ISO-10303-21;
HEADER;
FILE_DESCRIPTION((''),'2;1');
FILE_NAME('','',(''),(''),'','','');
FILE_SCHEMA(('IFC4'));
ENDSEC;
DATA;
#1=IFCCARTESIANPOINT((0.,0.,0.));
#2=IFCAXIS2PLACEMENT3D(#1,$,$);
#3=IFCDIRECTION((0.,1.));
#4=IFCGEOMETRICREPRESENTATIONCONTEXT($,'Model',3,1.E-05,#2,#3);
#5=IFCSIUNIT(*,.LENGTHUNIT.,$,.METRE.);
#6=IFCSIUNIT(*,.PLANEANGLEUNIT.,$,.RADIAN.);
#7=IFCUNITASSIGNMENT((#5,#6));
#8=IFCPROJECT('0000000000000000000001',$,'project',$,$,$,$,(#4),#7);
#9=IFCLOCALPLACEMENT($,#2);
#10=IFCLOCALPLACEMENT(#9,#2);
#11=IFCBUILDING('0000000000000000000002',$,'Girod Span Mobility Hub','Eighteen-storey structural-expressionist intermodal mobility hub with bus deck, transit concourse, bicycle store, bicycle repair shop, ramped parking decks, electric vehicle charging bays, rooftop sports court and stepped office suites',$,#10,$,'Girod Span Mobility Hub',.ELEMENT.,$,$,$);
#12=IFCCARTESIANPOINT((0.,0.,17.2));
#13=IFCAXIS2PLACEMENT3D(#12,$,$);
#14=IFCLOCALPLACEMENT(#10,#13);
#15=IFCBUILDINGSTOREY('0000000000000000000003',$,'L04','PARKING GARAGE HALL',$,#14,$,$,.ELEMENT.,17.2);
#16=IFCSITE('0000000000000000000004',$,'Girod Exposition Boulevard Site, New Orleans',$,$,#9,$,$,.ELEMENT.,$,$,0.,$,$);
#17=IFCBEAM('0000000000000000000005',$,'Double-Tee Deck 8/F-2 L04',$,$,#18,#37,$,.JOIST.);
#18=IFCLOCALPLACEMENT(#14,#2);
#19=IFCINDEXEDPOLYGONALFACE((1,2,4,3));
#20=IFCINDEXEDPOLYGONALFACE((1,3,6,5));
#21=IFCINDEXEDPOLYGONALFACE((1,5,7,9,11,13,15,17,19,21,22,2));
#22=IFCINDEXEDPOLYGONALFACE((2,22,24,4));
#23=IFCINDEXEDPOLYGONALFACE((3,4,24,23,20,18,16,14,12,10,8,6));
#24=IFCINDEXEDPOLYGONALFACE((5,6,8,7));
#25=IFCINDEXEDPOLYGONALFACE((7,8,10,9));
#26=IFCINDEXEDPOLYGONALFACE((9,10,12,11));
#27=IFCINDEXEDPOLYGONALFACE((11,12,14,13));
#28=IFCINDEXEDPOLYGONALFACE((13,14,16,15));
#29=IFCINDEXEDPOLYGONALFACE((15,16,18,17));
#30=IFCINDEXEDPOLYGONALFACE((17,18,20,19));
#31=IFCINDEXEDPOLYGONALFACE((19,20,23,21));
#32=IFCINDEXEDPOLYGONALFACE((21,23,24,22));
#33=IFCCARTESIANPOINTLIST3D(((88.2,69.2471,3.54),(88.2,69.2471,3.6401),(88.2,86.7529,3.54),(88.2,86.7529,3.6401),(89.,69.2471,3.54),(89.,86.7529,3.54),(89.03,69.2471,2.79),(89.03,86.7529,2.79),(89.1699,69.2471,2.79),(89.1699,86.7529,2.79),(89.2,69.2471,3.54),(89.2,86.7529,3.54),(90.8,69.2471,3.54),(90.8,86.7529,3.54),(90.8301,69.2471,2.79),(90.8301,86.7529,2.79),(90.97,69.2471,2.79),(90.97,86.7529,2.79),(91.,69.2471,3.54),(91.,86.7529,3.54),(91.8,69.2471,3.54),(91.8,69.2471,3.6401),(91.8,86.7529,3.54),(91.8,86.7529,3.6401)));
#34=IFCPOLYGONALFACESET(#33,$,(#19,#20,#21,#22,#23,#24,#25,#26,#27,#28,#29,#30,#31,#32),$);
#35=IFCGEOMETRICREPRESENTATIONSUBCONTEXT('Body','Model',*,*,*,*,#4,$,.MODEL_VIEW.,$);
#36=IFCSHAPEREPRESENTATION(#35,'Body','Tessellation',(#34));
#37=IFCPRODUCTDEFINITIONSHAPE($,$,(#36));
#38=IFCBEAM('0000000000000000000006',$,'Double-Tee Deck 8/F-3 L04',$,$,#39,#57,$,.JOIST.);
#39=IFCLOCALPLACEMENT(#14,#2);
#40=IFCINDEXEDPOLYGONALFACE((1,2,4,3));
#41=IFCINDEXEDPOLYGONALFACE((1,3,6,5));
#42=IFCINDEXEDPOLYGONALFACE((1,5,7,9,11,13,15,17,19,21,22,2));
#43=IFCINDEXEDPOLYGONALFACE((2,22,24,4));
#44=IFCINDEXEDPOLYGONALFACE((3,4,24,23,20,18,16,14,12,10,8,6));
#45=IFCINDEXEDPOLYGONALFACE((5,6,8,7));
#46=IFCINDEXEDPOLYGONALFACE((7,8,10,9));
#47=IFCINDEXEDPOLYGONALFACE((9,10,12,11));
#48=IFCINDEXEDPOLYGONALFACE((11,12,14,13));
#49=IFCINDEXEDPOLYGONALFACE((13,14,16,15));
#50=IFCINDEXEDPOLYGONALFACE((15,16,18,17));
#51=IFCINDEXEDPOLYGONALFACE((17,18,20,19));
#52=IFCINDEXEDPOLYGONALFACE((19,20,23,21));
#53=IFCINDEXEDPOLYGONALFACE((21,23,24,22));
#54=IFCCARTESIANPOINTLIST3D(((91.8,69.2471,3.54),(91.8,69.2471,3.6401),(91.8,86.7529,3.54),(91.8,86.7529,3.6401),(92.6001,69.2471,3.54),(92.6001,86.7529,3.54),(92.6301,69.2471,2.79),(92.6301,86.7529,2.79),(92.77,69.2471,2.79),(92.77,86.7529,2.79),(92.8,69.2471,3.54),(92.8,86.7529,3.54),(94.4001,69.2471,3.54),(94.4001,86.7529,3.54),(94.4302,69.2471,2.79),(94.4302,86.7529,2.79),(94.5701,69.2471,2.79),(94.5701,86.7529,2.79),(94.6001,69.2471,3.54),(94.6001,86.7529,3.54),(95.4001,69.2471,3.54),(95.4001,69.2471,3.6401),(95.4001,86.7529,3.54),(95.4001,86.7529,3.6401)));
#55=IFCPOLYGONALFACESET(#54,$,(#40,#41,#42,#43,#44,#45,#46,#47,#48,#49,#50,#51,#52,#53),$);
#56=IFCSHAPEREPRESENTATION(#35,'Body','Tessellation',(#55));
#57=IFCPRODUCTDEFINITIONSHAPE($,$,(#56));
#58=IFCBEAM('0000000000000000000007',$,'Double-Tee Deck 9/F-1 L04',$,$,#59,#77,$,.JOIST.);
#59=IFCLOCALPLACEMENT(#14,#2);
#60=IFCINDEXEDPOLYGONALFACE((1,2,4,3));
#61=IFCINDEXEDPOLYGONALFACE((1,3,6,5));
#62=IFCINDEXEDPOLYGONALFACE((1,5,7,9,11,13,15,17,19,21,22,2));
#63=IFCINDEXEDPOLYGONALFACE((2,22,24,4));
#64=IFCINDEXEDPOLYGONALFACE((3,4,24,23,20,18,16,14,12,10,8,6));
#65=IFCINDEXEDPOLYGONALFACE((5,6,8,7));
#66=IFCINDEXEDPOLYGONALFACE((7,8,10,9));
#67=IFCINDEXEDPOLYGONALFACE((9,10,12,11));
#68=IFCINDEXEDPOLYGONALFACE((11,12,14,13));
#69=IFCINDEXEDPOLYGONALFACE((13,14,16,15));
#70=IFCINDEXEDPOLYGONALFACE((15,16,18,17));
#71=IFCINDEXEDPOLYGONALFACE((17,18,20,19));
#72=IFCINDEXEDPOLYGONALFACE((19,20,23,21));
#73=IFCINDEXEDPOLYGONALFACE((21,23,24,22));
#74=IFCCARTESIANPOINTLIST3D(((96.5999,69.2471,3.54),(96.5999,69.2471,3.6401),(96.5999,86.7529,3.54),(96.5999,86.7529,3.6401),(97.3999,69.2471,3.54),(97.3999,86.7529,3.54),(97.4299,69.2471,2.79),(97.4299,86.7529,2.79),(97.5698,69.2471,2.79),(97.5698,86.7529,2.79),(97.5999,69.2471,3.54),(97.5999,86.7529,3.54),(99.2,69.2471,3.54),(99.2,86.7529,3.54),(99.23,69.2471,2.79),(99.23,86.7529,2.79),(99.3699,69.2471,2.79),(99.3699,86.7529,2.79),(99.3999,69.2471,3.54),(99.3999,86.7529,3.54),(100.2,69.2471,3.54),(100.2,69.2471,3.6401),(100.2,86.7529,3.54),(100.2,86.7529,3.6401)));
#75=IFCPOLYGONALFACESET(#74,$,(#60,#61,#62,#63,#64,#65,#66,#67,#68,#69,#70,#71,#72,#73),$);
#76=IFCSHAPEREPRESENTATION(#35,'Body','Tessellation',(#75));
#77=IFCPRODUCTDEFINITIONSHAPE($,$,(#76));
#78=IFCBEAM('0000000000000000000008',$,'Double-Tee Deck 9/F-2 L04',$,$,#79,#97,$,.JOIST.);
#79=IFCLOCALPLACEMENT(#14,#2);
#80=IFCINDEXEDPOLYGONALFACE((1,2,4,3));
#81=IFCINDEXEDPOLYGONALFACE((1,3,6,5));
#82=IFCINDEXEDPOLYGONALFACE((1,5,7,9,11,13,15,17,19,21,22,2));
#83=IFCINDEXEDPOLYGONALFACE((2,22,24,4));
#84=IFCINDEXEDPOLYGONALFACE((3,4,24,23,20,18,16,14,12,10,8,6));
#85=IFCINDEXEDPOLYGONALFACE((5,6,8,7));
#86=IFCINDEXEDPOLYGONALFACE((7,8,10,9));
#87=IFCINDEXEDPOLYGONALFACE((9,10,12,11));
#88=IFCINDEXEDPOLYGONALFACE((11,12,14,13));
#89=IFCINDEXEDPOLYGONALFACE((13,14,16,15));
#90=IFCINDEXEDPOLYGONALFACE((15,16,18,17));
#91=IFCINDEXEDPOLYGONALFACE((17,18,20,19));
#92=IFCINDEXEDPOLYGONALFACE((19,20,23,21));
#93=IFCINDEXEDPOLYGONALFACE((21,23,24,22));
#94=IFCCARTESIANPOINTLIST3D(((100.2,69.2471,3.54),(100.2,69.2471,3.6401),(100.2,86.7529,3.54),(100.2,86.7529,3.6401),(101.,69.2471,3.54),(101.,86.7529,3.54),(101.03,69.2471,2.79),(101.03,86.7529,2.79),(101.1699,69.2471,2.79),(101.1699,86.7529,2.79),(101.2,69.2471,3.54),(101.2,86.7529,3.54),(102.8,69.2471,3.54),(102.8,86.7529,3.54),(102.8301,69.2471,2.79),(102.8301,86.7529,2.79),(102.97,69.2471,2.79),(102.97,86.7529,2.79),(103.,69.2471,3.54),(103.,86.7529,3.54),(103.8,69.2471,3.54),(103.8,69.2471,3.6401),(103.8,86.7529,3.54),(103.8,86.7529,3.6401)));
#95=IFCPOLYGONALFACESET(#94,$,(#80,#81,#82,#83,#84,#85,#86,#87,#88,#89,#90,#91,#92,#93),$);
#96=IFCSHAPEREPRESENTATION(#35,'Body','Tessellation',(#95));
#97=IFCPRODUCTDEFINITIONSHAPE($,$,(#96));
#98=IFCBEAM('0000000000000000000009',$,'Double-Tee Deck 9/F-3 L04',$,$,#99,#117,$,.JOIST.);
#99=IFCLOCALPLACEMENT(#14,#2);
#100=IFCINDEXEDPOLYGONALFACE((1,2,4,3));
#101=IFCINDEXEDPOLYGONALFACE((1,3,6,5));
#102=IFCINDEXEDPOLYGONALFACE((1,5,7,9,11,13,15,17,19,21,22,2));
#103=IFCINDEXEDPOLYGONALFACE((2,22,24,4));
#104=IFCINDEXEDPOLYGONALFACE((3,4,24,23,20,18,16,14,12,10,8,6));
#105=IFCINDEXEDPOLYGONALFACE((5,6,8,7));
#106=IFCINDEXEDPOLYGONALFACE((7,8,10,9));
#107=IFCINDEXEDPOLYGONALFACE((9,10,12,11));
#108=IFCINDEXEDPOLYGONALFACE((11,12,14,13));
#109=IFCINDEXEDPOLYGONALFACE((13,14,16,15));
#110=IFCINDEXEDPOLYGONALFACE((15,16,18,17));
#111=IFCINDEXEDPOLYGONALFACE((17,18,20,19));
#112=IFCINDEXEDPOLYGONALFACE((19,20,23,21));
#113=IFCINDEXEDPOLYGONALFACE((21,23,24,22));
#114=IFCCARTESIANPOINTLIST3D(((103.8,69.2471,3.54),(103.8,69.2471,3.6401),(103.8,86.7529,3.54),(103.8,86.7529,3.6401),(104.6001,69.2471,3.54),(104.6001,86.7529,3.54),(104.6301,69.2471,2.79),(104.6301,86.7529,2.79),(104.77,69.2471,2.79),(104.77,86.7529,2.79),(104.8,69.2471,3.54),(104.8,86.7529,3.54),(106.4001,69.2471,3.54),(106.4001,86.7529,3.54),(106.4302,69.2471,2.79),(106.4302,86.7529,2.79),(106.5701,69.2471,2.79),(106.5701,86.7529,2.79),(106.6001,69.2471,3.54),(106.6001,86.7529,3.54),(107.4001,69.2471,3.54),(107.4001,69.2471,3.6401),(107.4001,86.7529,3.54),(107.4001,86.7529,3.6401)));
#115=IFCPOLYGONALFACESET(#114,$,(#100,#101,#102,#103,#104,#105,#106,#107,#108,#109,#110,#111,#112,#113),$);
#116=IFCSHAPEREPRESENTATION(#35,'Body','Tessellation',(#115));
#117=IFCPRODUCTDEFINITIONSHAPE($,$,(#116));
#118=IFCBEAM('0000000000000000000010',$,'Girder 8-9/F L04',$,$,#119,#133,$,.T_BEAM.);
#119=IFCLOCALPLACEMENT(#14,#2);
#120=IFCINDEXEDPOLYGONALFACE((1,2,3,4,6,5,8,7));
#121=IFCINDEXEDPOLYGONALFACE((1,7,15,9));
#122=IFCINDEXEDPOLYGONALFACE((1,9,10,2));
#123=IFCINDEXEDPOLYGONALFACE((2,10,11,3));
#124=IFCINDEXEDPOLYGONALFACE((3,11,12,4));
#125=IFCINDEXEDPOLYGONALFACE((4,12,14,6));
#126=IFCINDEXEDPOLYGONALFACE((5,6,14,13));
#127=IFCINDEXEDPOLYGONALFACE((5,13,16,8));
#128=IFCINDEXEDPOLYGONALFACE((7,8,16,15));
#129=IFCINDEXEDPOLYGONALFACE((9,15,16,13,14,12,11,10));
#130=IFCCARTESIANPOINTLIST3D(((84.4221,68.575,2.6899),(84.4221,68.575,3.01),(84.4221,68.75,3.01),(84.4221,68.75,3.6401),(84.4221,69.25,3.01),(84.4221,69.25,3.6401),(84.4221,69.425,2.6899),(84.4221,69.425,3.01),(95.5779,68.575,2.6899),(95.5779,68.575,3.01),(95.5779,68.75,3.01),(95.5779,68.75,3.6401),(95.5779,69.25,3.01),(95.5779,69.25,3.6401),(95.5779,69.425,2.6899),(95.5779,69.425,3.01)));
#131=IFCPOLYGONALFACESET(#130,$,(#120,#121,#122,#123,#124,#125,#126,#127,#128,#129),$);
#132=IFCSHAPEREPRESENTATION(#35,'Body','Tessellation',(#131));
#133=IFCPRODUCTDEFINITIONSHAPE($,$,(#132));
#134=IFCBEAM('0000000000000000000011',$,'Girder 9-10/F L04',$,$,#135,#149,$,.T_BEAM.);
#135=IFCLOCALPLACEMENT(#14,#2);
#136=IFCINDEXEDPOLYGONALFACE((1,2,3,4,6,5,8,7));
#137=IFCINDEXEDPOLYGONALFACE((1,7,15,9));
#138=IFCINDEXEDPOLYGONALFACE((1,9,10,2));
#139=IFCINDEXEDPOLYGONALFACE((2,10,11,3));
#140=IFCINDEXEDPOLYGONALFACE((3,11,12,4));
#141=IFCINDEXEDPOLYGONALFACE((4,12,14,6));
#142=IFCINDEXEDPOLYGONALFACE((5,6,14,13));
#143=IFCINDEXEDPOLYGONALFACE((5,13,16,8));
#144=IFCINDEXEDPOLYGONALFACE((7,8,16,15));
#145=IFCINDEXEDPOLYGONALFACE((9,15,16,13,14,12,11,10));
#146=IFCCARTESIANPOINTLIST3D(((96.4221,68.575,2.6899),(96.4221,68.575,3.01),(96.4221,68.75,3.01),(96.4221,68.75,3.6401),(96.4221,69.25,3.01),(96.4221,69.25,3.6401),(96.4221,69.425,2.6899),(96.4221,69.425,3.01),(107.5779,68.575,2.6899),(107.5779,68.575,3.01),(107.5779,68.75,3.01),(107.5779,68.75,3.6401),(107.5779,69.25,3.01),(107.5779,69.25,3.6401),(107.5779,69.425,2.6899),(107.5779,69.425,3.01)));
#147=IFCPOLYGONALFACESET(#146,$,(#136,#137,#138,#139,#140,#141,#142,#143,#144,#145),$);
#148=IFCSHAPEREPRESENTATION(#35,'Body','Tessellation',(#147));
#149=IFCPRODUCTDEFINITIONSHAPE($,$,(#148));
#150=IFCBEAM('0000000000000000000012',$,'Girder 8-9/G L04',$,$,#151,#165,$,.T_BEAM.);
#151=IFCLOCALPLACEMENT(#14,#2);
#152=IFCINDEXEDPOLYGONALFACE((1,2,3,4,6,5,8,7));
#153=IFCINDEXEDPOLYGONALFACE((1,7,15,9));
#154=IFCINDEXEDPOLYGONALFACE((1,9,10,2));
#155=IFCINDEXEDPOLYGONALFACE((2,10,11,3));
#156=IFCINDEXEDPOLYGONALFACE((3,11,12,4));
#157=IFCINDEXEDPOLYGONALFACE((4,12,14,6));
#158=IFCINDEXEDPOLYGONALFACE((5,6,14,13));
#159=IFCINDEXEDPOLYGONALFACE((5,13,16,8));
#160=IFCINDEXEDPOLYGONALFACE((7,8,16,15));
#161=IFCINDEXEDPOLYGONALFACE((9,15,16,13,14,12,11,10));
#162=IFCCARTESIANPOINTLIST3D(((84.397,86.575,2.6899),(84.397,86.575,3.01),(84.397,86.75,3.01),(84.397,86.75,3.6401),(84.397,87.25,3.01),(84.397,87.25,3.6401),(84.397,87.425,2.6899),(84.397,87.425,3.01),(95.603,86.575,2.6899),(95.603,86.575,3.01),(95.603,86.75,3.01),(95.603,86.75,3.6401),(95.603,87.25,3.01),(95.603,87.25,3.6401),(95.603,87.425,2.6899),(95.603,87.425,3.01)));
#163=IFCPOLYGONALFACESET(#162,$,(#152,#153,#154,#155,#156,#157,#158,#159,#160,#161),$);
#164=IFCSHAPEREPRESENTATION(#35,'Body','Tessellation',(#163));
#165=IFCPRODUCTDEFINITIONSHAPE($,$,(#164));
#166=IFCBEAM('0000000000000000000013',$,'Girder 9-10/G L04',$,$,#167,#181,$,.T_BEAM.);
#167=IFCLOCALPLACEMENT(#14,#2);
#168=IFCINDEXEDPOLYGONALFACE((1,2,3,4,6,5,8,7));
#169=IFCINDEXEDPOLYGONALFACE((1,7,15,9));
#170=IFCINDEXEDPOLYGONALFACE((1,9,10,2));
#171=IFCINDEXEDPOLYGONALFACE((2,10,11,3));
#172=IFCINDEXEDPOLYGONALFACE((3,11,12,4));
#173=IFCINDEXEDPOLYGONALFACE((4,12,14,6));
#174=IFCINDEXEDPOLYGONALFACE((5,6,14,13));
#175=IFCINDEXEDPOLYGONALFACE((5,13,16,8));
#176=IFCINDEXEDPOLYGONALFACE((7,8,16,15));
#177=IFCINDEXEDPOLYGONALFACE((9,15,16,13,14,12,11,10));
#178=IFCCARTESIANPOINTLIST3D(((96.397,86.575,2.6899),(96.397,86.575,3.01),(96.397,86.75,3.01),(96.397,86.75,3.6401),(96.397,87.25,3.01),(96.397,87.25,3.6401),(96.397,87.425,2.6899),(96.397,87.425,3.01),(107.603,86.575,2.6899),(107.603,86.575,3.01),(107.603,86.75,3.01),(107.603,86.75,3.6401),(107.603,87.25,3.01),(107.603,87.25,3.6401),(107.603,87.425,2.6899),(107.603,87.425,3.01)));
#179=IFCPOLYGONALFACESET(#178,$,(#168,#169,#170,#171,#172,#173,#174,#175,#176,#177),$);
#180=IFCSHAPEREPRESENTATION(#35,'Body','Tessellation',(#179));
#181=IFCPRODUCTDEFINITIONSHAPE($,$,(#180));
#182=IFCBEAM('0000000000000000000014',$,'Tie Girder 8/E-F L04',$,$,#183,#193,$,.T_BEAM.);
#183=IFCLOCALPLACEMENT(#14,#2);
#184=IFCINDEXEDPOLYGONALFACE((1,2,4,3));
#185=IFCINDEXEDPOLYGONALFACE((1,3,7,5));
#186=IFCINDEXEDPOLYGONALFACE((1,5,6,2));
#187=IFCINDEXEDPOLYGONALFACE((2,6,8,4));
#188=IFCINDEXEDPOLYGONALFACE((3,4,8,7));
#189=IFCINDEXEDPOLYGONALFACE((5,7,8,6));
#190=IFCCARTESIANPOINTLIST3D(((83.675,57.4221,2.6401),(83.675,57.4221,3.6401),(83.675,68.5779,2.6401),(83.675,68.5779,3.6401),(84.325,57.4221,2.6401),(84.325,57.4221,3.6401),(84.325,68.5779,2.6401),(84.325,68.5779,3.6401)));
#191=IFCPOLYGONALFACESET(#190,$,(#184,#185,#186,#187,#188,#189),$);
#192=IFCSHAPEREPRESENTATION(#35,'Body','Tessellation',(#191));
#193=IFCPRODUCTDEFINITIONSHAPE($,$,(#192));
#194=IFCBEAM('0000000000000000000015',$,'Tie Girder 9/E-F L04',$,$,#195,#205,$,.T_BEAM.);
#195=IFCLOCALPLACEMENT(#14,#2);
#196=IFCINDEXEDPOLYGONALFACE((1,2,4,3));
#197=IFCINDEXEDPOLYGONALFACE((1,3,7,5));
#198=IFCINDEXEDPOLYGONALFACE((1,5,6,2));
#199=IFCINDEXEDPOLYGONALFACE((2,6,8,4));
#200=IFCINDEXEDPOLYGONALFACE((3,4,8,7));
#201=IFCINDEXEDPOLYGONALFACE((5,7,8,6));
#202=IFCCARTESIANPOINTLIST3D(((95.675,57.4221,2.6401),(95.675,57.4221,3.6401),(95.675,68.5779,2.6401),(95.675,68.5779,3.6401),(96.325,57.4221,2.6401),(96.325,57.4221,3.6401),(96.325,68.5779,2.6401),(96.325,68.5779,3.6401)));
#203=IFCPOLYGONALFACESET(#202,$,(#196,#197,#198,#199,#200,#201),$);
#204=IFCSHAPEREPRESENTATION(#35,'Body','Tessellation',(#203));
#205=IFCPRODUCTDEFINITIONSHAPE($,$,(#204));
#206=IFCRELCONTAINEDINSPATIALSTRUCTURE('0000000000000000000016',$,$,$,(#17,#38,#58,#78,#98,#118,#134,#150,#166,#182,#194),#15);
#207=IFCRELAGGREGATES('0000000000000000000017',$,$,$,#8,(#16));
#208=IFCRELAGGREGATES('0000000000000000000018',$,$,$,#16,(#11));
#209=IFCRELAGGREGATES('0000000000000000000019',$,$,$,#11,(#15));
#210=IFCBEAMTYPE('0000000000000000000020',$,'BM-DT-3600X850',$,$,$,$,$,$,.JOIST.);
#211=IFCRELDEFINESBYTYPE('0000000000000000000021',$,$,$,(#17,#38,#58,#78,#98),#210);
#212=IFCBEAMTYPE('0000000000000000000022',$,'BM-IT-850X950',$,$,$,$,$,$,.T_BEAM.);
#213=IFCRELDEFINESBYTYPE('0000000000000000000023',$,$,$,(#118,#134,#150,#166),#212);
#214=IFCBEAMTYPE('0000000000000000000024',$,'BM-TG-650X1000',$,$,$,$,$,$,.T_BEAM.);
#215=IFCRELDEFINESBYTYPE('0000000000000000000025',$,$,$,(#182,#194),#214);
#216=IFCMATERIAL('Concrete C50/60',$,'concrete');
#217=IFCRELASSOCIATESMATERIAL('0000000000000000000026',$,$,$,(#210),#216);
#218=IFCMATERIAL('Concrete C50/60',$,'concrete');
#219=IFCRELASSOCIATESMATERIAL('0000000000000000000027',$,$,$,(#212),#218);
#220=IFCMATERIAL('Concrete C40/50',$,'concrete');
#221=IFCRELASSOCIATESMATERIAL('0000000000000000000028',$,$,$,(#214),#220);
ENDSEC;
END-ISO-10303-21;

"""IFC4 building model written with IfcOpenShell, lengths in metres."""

from ifc_helpers import new_model, si_unit, direction, frame, origin, origin_2d, place, context, subcontext, project, spatial, polyline, rectangle, outline, extrude, material, material_profile, profile_set, type_object, element, save


model = new_model("IFC4")

# Units and contexts
model_context = context("Model", 3, precision=1e-05, world=origin(), true_north=direction((0.0, 1.0)))
body_context = subcontext(model_context, "Body", "Model", "MODEL_VIEW")
ifc_project = project(units=[si_unit("LENGTHUNIT", "METRE"), si_unit("PLANEANGLEUNIT", "RADIAN")], contexts=[model_context])

# Site, building, storey
site_placement = place(None, origin())
site = spatial("IfcSite", under=ifc_project, at=site_placement, Name="Girod Exposition Boulevard Site, New Orleans", CompositionType="ELEMENT", RefElevation=0.0)
building_placement = place(site_placement, origin())
building = spatial("IfcBuilding", under=site, at=building_placement, Name="Girod Span Mobility Hub", Description="Eighteen-storey structural-expressionist intermodal mobility hub with bus deck, transit concourse, bicycle store, bicycle repair shop, ramped parking decks, electric vehicle charging bays, rooftop sports court and stepped office suites", LongName="Girod Span Mobility Hub", CompositionType="ELEMENT")
storey_placement = place(building_placement, frame((0.0, 0.0, 17.2)))
storey = spatial("IfcBuildingStorey", under=building, at=storey_placement, Name="L04", Description="PARKING GARAGE HALL", CompositionType="ELEMENT", Elevation=17.2)

# Beams
ifc_material_1 = material(Name="Concrete C50/60", Category="concrete")
ifc_material_profile_1 = material_profile(ifc_material_1, outline(polyline([(-1.8, 0.425), (-1.8, 0.325), (-1.0, 0.325), (-0.97, -0.425), (-0.8301, -0.425), (-0.8, 0.325), (0.8, 0.325), (0.8301, -0.425), (0.97, -0.425), (1.0, 0.325), (1.8, 0.325), (1.8, 0.425), (-1.8, 0.425)])), Name="DT-3600X850")
ifc_profile_set_1 = profile_set([ifc_material_profile_1], Name="Concrete C50/60")
beam_type_1 = type_object("IfcBeamType", Name="BM-DT-3600X850", PredefinedType="JOIST", material=ifc_profile_set_1)
for number, where, z_axis, x_axis, name in (
    (1, (90.0, 69.2471, 3.2151), (0.0, 1.0, 0.0), (-1.0, 0.0, 0.0), "Double-Tee Deck 8/F-2 L04"),
    (2, (93.6001, 69.2471, 3.2151), (0.0, 1.0, 0.0), (-1.0, 0.0, 0.0), "Double-Tee Deck 8/F-3 L04"),
    (3, (98.3999, 69.2471, 3.2151), (0.0, 1.0, 0.0), (-1.0, 0.0, 0.0), "Double-Tee Deck 9/F-1 L04"),
    (4, (102.0, 69.2471, 3.2151), (0.0, 1.0, 0.0), (-1.0, 0.0, 0.0), "Double-Tee Deck 9/F-2 L04"),
    (5, (105.6001, 69.2471, 3.2151), (0.0, 1.0, 0.0), (-1.0, 0.0, 0.0), "Double-Tee Deck 9/F-3 L04"),
):
    element("IfcBeam", number, at=place(storey_placement, frame(where, z_axis=z_axis, x_axis=x_axis)), inside=storey, type_object=beam_type_1, Name=name, PredefinedType="JOIST", context=body_context, shape_type="SweptSolid", body=[
        extrude(outline(polyline([(-1.8, 0.425), (-1.8, 0.325), (-1.0, 0.325), (-0.97, -0.425), (-0.8301, -0.425), (-0.8, 0.325), (0.8, 0.325), (0.8301, -0.425), (0.97, -0.425), (1.0, 0.325), (1.8, 0.325), (1.8, 0.425), (-1.8, 0.425)])), origin(), (0.0, 0.0, 1.0), 17.5059),
    ])
ifc_material_2 = material(Name="Concrete C50/60", Category="concrete")
ifc_material_profile_2 = material_profile(ifc_material_2, outline(polyline([(-0.425, -0.4751), (0.425, -0.4751), (0.425, -0.155), (0.25, -0.155), (0.25, 0.4751), (-0.25, 0.4751), (-0.25, -0.155), (-0.425, -0.155), (-0.425, -0.4751)])), Name="IT-850X950")
ifc_profile_set_2 = profile_set([ifc_material_profile_2], Name="Concrete C50/60")
beam_type_2 = type_object("IfcBeamType", Name="BM-IT-850X950", PredefinedType="T_BEAM", material=ifc_profile_set_2)
for number, where, z_axis, x_axis, name in (
    (6, (84.4221, 69.0, 3.165), (1.0, 0.0, 0.0), (0.0, 1.0, 0.0), "Girder 8-9/F L04"),
    (7, (96.4221, 69.0, 3.165), (1.0, 0.0, 0.0), (0.0, 1.0, 0.0), "Girder 9-10/F L04"),
):
    element("IfcBeam", number, at=place(storey_placement, frame(where, z_axis=z_axis, x_axis=x_axis)), inside=storey, type_object=beam_type_2, Name=name, PredefinedType="T_BEAM", context=body_context, shape_type="SweptSolid", body=[
        extrude(outline(polyline([(-0.425, -0.4751), (0.425, -0.4751), (0.425, -0.155), (0.25, -0.155), (0.25, 0.4751), (-0.25, 0.4751), (-0.25, -0.155), (-0.425, -0.155), (-0.425, -0.4751)])), origin(), (0.0, 0.0, 1.0), 11.1558),
    ])
for number, where, z_axis, x_axis, name in (
    (8, (84.397, 87.0, 3.165), (1.0, 0.0, 0.0), (0.0, 1.0, 0.0), "Girder 8-9/G L04"),
    (9, (96.397, 87.0, 3.165), (1.0, 0.0, 0.0), (0.0, 1.0, 0.0), "Girder 9-10/G L04"),
):
    element("IfcBeam", number, at=place(storey_placement, frame(where, z_axis=z_axis, x_axis=x_axis)), inside=storey, type_object=beam_type_2, Name=name, PredefinedType="T_BEAM", context=body_context, shape_type="SweptSolid", body=[
        extrude(outline(polyline([(-0.425, -0.4751), (0.425, -0.4751), (0.425, -0.155), (0.25, -0.155), (0.25, 0.4751), (-0.25, 0.4751), (-0.25, -0.155), (-0.425, -0.155), (-0.425, -0.4751)])), origin(), (0.0, 0.0, 1.0), 11.2061),
    ])
ifc_material_3 = material(Name="Concrete C40/50", Category="concrete")
ifc_material_profile_3 = material_profile(ifc_material_3, rectangle(XDim=0.6499, YDim=1.0, at=origin_2d()), Name="TG-650X1000")
ifc_profile_set_3 = profile_set([ifc_material_profile_3], Name="Concrete C40/50")
beam_type_3 = type_object("IfcBeamType", Name="BM-TG-650X1000", PredefinedType="T_BEAM", material=ifc_profile_set_3)
for number, where, z_axis, x_axis, name in (
    (10, (84.0, 57.4221, 3.1401), (0.0, 1.0, 0.0), (-1.0, 0.0, 0.0), "Tie Girder 8/E-F L04"),
    (11, (96.0, 57.4221, 3.1401), (0.0, 1.0, 0.0), (-1.0, 0.0, 0.0), "Tie Girder 9/E-F L04"),
):
    element("IfcBeam", number, at=place(storey_placement, frame(where, z_axis=z_axis, x_axis=x_axis)), inside=storey, type_object=beam_type_3, Name=name, PredefinedType="T_BEAM", context=body_context, shape_type="SweptSolid", body=[
        extrude(rectangle(XDim=0.6499, YDim=1.0, at=origin_2d()), origin(), (0.0, 0.0, 1.0), 11.1558),
    ])

save(model, "model.ifc")
